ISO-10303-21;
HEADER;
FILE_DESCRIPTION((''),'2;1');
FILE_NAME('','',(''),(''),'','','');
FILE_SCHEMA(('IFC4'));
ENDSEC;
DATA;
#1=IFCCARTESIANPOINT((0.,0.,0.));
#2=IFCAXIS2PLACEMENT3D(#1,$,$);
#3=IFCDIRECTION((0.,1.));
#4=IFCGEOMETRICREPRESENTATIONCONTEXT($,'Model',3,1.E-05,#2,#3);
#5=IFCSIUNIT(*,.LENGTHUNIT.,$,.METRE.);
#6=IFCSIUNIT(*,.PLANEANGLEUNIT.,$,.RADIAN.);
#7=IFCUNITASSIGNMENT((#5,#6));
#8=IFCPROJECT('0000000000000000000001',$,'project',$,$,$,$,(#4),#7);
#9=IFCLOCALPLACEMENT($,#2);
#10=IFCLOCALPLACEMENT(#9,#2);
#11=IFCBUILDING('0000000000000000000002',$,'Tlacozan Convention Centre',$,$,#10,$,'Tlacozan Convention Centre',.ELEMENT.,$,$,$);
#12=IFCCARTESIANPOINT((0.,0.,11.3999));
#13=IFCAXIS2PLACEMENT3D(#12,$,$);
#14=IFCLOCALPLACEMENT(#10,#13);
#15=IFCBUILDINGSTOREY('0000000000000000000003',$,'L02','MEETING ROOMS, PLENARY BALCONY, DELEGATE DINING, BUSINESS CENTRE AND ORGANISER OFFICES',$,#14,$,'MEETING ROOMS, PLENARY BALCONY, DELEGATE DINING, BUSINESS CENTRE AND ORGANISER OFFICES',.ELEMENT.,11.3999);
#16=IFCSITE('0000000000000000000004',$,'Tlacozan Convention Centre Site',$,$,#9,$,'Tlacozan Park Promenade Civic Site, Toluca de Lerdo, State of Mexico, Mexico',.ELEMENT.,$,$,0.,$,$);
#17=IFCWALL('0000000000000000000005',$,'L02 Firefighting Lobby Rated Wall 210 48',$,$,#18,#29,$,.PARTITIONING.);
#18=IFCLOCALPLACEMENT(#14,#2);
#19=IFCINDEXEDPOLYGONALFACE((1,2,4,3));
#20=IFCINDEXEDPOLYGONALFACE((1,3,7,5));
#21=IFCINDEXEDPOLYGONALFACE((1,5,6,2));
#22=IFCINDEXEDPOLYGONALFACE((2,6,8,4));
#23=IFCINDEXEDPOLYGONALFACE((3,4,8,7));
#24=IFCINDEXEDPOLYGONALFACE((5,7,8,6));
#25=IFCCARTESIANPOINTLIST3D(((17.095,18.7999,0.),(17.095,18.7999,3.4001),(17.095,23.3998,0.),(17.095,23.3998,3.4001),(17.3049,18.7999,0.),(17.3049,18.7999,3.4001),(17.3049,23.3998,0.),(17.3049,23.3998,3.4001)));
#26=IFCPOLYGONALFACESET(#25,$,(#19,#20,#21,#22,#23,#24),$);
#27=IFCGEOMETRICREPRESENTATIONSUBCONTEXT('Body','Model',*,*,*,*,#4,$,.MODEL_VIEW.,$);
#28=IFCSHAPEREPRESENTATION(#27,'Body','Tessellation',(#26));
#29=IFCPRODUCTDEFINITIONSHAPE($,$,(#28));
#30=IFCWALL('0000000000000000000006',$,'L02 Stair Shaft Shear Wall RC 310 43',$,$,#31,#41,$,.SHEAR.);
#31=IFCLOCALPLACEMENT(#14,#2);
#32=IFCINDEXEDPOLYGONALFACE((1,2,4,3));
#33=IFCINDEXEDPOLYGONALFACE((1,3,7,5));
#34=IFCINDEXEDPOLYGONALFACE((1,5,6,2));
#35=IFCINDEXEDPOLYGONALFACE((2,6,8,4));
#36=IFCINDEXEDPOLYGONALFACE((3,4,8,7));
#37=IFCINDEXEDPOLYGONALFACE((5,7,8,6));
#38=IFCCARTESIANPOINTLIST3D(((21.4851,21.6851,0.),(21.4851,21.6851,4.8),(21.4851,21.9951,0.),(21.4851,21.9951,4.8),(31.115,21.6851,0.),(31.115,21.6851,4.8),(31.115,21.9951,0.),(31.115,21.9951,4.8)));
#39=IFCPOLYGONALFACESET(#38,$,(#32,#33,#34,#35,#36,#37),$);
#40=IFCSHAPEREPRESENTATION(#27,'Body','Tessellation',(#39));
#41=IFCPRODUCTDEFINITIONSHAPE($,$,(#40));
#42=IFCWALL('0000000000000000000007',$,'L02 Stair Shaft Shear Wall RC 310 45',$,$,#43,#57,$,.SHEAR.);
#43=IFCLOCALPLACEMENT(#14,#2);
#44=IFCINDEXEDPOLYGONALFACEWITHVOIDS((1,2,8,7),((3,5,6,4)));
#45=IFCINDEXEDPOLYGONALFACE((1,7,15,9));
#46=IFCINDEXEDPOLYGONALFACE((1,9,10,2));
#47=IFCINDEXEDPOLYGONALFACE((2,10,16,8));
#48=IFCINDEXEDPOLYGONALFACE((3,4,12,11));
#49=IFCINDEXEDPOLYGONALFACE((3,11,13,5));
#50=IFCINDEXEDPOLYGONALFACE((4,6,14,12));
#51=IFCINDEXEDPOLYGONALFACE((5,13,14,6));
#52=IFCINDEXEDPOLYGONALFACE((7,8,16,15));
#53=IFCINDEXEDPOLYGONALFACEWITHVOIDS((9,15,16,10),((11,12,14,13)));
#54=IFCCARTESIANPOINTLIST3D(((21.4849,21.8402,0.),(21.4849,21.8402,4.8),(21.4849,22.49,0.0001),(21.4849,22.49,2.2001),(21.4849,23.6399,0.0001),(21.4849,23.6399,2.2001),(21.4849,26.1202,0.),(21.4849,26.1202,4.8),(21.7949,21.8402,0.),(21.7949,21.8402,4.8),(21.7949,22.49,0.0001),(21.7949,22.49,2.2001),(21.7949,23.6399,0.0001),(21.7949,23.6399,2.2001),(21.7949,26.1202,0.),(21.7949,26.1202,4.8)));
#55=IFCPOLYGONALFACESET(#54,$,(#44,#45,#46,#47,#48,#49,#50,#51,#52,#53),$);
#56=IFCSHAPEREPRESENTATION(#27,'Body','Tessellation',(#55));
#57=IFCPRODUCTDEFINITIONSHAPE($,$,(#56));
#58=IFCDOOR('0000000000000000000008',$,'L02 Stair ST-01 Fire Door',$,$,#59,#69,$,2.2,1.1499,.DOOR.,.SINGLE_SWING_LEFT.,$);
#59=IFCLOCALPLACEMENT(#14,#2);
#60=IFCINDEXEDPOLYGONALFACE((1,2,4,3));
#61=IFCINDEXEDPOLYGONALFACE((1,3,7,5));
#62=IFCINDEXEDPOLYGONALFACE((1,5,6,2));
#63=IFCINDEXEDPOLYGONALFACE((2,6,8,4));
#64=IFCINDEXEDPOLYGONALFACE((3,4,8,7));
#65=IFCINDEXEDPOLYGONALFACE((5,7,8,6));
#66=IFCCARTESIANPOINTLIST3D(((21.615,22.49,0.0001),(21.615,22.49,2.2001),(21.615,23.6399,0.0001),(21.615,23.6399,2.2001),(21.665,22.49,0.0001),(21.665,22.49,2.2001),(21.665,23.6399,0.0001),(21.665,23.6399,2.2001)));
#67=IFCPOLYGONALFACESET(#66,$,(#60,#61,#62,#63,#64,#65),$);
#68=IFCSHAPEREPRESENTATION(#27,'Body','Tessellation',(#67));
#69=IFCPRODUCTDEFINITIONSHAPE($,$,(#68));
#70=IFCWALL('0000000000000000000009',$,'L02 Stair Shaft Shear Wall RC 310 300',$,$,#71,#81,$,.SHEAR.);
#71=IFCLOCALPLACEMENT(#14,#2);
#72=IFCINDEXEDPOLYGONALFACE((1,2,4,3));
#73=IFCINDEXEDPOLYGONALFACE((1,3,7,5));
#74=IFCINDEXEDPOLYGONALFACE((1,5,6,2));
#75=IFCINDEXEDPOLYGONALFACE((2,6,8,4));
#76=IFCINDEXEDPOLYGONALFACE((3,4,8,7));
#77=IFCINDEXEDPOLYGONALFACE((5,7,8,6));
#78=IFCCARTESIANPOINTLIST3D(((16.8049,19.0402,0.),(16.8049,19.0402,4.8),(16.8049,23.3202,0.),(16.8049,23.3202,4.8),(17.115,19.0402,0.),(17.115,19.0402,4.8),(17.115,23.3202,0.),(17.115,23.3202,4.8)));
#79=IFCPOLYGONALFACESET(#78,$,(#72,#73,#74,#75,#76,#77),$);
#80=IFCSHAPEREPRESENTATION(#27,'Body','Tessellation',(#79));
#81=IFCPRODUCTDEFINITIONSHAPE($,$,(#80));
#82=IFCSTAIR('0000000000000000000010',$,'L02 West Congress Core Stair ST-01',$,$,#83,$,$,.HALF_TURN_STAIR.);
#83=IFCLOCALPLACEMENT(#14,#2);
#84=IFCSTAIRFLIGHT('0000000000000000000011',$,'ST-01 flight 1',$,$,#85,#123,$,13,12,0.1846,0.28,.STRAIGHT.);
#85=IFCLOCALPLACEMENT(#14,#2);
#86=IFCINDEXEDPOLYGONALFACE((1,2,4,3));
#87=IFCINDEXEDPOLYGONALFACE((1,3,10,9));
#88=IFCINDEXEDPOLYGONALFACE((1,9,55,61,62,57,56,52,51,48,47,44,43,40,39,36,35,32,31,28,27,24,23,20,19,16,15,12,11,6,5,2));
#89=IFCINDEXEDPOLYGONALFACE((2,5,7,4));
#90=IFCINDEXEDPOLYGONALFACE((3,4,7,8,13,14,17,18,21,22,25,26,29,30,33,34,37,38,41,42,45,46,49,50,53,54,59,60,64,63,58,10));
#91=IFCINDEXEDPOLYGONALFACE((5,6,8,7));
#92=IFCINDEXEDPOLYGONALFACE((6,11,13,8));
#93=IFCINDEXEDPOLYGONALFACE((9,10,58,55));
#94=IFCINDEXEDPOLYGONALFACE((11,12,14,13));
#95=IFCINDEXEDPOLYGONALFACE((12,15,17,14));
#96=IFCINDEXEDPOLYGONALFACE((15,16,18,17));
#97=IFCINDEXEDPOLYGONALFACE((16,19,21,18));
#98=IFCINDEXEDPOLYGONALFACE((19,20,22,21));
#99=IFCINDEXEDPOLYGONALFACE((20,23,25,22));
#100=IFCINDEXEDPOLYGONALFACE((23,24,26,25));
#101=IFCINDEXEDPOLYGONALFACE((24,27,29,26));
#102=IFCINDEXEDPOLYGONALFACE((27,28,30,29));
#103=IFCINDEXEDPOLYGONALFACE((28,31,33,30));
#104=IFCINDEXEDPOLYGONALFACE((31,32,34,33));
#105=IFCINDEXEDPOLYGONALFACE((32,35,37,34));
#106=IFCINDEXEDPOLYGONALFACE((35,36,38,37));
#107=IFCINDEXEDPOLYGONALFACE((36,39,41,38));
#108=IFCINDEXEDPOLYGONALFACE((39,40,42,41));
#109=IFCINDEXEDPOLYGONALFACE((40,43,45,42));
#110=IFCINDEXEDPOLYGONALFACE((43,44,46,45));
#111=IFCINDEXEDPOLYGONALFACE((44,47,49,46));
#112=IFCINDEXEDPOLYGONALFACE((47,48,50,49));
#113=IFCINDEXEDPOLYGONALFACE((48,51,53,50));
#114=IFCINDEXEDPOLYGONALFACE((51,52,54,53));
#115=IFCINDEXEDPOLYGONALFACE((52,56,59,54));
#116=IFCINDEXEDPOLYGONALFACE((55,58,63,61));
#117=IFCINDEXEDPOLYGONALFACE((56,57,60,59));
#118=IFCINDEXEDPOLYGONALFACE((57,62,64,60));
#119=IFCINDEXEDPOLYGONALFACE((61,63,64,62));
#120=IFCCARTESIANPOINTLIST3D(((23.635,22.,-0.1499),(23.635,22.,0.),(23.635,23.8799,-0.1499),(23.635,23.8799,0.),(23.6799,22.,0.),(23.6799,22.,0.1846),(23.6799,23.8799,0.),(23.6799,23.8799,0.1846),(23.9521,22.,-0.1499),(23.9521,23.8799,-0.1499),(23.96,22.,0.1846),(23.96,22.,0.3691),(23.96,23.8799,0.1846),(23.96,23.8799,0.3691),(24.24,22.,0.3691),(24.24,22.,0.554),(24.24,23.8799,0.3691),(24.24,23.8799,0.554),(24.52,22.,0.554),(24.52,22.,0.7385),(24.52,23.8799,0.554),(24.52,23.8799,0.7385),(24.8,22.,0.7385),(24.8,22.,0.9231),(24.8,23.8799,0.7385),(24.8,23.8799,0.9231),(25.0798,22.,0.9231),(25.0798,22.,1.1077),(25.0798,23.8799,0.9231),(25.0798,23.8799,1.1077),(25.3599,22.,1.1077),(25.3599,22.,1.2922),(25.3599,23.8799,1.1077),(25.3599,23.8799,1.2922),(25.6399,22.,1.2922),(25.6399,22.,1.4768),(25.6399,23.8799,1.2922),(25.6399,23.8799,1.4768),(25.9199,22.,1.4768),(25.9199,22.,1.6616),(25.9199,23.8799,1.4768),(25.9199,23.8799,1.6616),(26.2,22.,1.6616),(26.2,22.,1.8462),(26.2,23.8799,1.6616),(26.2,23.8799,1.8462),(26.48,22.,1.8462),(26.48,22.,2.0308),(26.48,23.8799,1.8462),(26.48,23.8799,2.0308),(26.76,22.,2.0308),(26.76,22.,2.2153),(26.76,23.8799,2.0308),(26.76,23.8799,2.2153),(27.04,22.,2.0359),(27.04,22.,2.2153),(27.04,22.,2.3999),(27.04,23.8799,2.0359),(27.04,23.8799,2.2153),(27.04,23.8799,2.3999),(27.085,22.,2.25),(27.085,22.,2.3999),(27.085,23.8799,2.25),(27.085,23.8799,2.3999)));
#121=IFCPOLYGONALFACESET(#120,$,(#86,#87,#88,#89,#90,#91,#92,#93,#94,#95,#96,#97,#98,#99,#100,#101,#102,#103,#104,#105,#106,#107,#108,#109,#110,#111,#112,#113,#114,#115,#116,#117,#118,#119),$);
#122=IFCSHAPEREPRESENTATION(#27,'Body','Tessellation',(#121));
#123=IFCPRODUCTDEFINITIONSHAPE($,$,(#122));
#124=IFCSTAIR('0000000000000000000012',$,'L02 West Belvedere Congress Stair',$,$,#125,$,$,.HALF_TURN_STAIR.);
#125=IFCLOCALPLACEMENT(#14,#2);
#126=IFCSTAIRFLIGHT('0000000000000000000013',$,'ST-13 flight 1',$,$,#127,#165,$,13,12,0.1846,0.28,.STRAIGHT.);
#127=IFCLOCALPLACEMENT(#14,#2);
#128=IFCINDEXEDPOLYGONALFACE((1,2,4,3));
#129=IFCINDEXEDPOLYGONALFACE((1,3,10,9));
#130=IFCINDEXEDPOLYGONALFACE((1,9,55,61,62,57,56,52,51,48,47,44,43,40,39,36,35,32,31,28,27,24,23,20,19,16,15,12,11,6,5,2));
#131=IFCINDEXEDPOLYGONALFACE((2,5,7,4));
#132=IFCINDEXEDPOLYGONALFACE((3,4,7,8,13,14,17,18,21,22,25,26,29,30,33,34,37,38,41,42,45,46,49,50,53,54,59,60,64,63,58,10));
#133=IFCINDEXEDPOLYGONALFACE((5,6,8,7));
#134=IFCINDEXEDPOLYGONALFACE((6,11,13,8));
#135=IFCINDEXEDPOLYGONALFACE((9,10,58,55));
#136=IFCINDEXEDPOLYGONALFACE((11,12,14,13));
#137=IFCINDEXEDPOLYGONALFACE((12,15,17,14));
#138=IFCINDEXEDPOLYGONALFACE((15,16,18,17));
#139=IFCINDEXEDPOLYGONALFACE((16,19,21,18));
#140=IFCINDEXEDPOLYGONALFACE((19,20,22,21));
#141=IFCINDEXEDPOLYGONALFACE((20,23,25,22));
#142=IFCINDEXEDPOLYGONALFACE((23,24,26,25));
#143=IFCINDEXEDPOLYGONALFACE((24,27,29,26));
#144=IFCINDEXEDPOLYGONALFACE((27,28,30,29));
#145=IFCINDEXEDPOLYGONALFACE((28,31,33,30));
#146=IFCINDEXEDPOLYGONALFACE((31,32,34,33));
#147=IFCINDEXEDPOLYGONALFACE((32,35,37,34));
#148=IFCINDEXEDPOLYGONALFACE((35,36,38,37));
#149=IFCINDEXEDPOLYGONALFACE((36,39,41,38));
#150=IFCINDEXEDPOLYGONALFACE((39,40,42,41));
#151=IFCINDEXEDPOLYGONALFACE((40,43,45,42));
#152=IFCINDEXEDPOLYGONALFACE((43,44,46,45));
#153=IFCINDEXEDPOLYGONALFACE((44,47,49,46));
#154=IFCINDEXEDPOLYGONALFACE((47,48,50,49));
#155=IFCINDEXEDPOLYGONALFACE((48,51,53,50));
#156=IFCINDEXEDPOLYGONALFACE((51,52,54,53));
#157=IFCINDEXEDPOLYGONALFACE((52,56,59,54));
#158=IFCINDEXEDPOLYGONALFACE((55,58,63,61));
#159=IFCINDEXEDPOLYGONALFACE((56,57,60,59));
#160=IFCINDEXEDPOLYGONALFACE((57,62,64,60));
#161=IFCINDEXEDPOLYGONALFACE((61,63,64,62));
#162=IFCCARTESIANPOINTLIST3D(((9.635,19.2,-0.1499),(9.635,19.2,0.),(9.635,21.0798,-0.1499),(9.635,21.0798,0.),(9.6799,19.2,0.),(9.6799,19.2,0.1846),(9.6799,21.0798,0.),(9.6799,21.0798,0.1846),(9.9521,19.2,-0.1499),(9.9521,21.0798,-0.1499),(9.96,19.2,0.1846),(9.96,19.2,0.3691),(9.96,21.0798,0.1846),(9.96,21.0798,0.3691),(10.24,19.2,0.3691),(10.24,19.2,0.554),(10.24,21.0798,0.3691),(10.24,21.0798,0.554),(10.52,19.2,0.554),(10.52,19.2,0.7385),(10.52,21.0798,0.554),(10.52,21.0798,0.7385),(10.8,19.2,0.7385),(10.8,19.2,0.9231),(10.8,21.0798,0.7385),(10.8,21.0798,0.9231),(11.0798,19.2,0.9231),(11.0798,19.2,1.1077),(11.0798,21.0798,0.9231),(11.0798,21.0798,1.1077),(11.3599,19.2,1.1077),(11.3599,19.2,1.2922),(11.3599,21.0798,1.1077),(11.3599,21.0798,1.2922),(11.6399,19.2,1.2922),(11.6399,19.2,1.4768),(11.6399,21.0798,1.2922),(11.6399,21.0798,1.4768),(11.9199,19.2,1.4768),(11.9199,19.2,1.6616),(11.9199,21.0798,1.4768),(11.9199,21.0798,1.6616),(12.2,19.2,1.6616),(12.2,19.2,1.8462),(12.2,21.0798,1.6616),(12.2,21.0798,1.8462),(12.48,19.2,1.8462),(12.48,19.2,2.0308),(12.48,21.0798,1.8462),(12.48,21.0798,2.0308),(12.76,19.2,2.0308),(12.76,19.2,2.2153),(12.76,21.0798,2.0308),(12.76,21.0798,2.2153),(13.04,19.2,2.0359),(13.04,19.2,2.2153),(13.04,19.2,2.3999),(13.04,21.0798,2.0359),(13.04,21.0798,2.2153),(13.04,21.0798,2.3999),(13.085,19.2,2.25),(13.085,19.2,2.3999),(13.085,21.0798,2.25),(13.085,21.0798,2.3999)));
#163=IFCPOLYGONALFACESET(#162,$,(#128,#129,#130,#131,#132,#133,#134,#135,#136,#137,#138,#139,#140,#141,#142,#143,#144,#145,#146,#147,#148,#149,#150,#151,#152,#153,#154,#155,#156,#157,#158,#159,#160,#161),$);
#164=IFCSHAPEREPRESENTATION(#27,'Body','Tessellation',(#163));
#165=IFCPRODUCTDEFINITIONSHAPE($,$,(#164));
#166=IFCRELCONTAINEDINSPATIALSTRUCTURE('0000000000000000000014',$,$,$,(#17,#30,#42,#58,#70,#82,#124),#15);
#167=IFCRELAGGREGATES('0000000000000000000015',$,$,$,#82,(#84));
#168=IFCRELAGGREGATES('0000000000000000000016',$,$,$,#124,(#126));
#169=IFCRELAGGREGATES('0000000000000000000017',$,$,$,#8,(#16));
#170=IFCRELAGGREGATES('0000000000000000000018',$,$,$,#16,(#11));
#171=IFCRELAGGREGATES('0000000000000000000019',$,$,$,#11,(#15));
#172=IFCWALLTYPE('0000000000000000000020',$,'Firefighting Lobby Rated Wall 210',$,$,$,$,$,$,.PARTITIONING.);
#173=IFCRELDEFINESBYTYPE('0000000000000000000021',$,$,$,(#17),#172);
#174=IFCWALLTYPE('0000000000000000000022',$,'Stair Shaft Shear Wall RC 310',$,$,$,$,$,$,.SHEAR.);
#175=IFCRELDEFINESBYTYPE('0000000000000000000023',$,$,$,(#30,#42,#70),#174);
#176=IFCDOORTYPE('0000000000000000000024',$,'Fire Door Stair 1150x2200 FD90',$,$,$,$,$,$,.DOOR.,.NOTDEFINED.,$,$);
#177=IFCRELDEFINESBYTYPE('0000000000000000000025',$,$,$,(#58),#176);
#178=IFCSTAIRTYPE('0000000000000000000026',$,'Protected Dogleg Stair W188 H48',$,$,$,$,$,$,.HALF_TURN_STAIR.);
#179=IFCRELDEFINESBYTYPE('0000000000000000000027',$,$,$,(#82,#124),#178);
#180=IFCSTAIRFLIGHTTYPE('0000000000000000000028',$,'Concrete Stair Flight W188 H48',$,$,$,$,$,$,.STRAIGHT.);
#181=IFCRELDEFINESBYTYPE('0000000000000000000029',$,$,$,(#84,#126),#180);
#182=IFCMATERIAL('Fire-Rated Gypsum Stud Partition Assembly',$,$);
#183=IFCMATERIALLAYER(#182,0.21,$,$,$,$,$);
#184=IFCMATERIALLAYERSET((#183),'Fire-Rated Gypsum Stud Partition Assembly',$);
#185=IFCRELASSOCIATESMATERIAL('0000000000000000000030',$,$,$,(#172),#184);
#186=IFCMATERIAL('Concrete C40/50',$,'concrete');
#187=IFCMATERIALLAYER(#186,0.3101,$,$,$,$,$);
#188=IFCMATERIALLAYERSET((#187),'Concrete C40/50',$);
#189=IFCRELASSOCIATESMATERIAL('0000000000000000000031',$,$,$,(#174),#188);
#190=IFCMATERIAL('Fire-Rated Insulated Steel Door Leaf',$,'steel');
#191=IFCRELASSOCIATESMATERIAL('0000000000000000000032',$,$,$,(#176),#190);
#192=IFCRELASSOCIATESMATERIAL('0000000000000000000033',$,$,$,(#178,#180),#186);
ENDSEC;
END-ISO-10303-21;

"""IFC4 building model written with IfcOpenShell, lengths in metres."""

from ifc_helpers import new_model, si_unit, direction, frame, frame_2d, origin, place, context, subcontext, project, spatial, polyline, rectangle, outline, extrude, material, layer, layer_set, type_object, element, fill, aggregate, save


model = new_model("IFC4")

# Units and contexts
model_context = context("Model", 3, precision=1e-05, world=origin(), true_north=direction((0.0, 1.0)))
body_context = subcontext(model_context, "Body", "Model", "MODEL_VIEW")
ifc_project = project(units=[si_unit("LENGTHUNIT", "METRE"), si_unit("PLANEANGLEUNIT", "RADIAN")], contexts=[model_context])

# Site, building, storey
site_placement = place(None, origin())
site = spatial("IfcSite", under=ifc_project, at=site_placement, Name="Tlacozan Convention Centre Site", LongName="Tlacozan Park Promenade Civic Site, Toluca de Lerdo, State of Mexico, Mexico", CompositionType="ELEMENT", RefElevation=0.0)
building_placement = place(site_placement, origin())
building = spatial("IfcBuilding", under=site, at=building_placement, Name="Tlacozan Convention Centre", LongName="Tlacozan Convention Centre", CompositionType="ELEMENT")
storey_placement = place(building_placement, frame((0.0, 0.0, 11.3999)))
storey = spatial("IfcBuildingStorey", under=building, at=storey_placement, Name="L02", Description="MEETING ROOMS, PLENARY BALCONY, DELEGATE DINING, BUSINESS CENTRE AND ORGANISER OFFICES", LongName="MEETING ROOMS, PLENARY BALCONY, DELEGATE DINING, BUSINESS CENTRE AND ORGANISER OFFICES", CompositionType="ELEMENT", Elevation=11.3999)

# Shared definitions
ifc_material_1 = material(Name="Concrete C40/50", Category="concrete")

# Shared definitions
ifc_material_2 = material(Name="Fire-Rated Gypsum Stud Partition Assembly")
ifc_layer_1 = layer(ifc_material_2, 0.21)
ifc_layer_set_1 = layer_set([ifc_layer_1], Name="Fire-Rated Gypsum Stud Partition Assembly")
wall_type_1 = type_object("IfcWallType", Name="Firefighting Lobby Rated Wall 210", PredefinedType="PARTITIONING", material=ifc_layer_set_1)
ifc_material_3 = material(Name="Fire-Rated Insulated Steel Door Leaf", Category="steel")

# Walls
wall_1_placement = place(storey_placement, frame((17.2, 18.8, 0.0), z_axis=(0.0, 0.0, 1.0), x_axis=(0.0, 1.0, 0.0)))
element("IfcWall", 1, at=wall_1_placement, inside=storey, type_object=wall_type_1, Name="L02 Firefighting Lobby Rated Wall 210 48", PredefinedType="PARTITIONING", context=body_context, shape_type="SweptSolid", body=[
    extrude(rectangle(XDim=4.5999, YDim=0.21, at=frame_2d((2.2998, 0.0))), origin(), (0.0, 0.0, 1.0), 3.4001),
])
ifc_layer_2 = layer(ifc_material_1, 0.3101)
ifc_layer_set_2 = layer_set([ifc_layer_2], Name="Concrete C40/50")
wall_type_2 = type_object("IfcWallType", Name="Stair Shaft Shear Wall RC 310", PredefinedType="SHEAR", material=ifc_layer_set_2)
wall_2_placement = place(storey_placement, frame((21.4851, 21.8401, 0.0), z_axis=(0.0, 0.0, 1.0), x_axis=(1.0, 0.0, 0.0)))
element("IfcWall", 2, at=wall_2_placement, inside=storey, type_object=wall_type_2, Name="L02 Stair Shaft Shear Wall RC 310 43", PredefinedType="SHEAR", context=body_context, shape_type="SweptSolid", body=[
    extrude(rectangle(XDim=9.6299, YDim=0.3101, at=frame_2d((4.8149, 0.0))), origin(), (0.0, 0.0, 1.0), 4.8),
])

# Wall, opening, door
wall_3_placement = place(storey_placement, frame((21.6399, 21.8401, 0.0), z_axis=(0.0, 0.0, 1.0), x_axis=(0.0, 1.0, 0.0)))
wall_3 = element("IfcWall", 3, at=wall_3_placement, inside=storey, type_object=wall_type_2, Name="L02 Stair Shaft Shear Wall RC 310 45", PredefinedType="SHEAR", context=body_context, shape_type="SweptSolid", body=[
    extrude(rectangle(XDim=4.28, YDim=0.3101, at=frame_2d((2.1401, 0.0))), origin(), (0.0, 0.0, 1.0), 4.8),
])
opening_1_placement = place(wall_3_placement, frame((0.6499, 0.0, 0.0)))
opening_1 = element("IfcOpeningElement", 4, at=opening_1_placement, cuts=wall_3, PredefinedType="OPENING", context=body_context, shape_type="SweptSolid", body=[
    extrude(rectangle(XDim=1.1499, YDim=2.2, at=frame_2d((0.575, 1.1001))), frame((0.0, 0.165, 0.0), z_axis=(0.0, -1.0, 0.0), x_axis=(1.0, 0.0, 0.0)), (0.0, 0.0, 1.0), 0.3301),
])
door_type_1 = type_object("IfcDoorType", Name="Fire Door Stair 1150x2200 FD90", OperationType="NOTDEFINED", PredefinedType="DOOR", material=ifc_material_3)
door_1_placement = place(opening_1_placement, origin())
door_1 = element("IfcDoor", 5, at=door_1_placement, inside=storey, type_object=door_type_1, Name="L02 Stair ST-01 Fire Door", OperationType="SINGLE_SWING_LEFT", OverallHeight=2.2, OverallWidth=1.1499, PredefinedType="DOOR", context=body_context, shape_type="SweptSolid", body=[
    extrude(rectangle(XDim=1.1499, YDim=2.2, at=frame_2d((0.575, 1.1001))), frame((0.0, 0.0249, 0.0), z_axis=(0.0, -1.0, 0.0), x_axis=(1.0, 0.0, 0.0)), (0.0, 0.0, 1.0), 0.05),
])
fill(opening_1, door_1)

# Wall
wall_4_placement = place(storey_placement, frame((16.96, 19.04, 0.0), z_axis=(0.0, 0.0, 1.0), x_axis=(0.0, 1.0, 0.0)))
element("IfcWall", 6, at=wall_4_placement, inside=storey, type_object=wall_type_2, Name="L02 Stair Shaft Shear Wall RC 310 300", PredefinedType="SHEAR", context=body_context, shape_type="SweptSolid", body=[
    extrude(rectangle(XDim=4.28, YDim=0.3101, at=frame_2d((2.1401, 0.0))), origin(), (0.0, 0.0, 1.0), 4.8),
])

# Stair, stair flight
stair_type = type_object("IfcStairType", Name="Protected Dogleg Stair W188 H48", PredefinedType="HALF_TURN_STAIR", material=ifc_material_1)
stair_1_placement = place(storey_placement, origin())
stair_1 = element("IfcStair", 7, at=stair_1_placement, inside=storey, type_object=stair_type, Name="L02 West Congress Core Stair ST-01", PredefinedType="HALF_TURN_STAIR")
stair_flight_type = type_object("IfcStairFlightType", Name="Concrete Stair Flight W188 H48", PredefinedType="STRAIGHT", material=ifc_material_1)
stair_flight_1_placement = place(storey_placement, frame((23.6799, 22.9399, 0.0), z_axis=(0.0, 0.0, 1.0), x_axis=(1.0, 0.0, 0.0)))
stair_flight_1 = element("IfcStairFlight", 8, at=stair_flight_1_placement, type_object=stair_flight_type, Name="ST-01 flight 1", NumberOfRisers=13, NumberOfTreads=12, PredefinedType="STRAIGHT", RiserHeight=0.1846, TreadLength=0.28, context=body_context, shape_type="SweptSolid", body=[
    extrude(outline(polyline([(-0.0449, -0.1499), (-0.0449, 0.0), (0.0, 0.0), (0.0, 0.1846), (0.28, 0.1846), (0.28, 0.3691), (0.5601, 0.3691), (0.5601, 0.554), (0.8401, 0.554), (0.8401, 0.7385), (1.1201, 0.7385), (1.1201, 0.9231), (1.3999, 0.9231), (1.3999, 1.1077), (1.6799, 1.1077), (1.6799, 1.2922), (1.96, 1.2922), (1.96, 1.4768), (2.24, 1.4768), (2.24, 1.6616), (2.52, 1.6616), (2.52, 1.8462), (2.8, 1.8462), (2.8, 2.0308), (3.0801, 2.0308), (3.0801, 2.2153), (3.3601, 2.2153), (3.3601, 2.3999), (3.405, 2.3999), (3.405, 2.25), (3.3601, 2.0359), (0.2722, -0.1499), (-0.0449, -0.1499)])), frame((0.0, 0.9399, 0.0), z_axis=(0.0, -1.0, 0.0), x_axis=(1.0, 0.0, 0.0)), (0.0, 0.0, 1.0), 1.8799),
])
aggregate(stair_1, [stair_flight_1])

# Stair, stair flight
stair_2_placement = place(storey_placement, origin())
stair_2 = element("IfcStair", 9, at=stair_2_placement, inside=storey, type_object=stair_type, Name="L02 West Belvedere Congress Stair", PredefinedType="HALF_TURN_STAIR")
stair_flight_2_placement = place(storey_placement, frame((9.6799, 20.1399, 0.0), z_axis=(0.0, 0.0, 1.0), x_axis=(1.0, 0.0, 0.0)))
stair_flight_2 = element("IfcStairFlight", 10, at=stair_flight_2_placement, type_object=stair_flight_type, Name="ST-13 flight 1", NumberOfRisers=13, NumberOfTreads=12, PredefinedType="STRAIGHT", RiserHeight=0.1846, TreadLength=0.28, context=body_context, shape_type="SweptSolid", body=[
    extrude(outline(polyline([(-0.0449, -0.1499), (-0.0449, 0.0), (0.0, 0.0), (0.0, 0.1846), (0.28, 0.1846), (0.28, 0.3691), (0.5601, 0.3691), (0.5601, 0.554), (0.8401, 0.554), (0.8401, 0.7385), (1.1201, 0.7385), (1.1201, 0.9231), (1.3999, 0.9231), (1.3999, 1.1077), (1.6799, 1.1077), (1.6799, 1.2922), (1.96, 1.2922), (1.96, 1.4768), (2.24, 1.4768), (2.24, 1.6616), (2.52, 1.6616), (2.52, 1.8462), (2.8, 1.8462), (2.8, 2.0308), (3.0801, 2.0308), (3.0801, 2.2153), (3.3601, 2.2153), (3.3601, 2.3999), (3.405, 2.3999), (3.405, 2.25), (3.3601, 2.0359), (0.2722, -0.1499), (-0.0449, -0.1499)])), frame((0.0, 0.9399, 0.0), z_axis=(0.0, -1.0, 0.0), x_axis=(1.0, 0.0, 0.0)), (0.0, 0.0, 1.0), 1.8799),
])
aggregate(stair_2, [stair_flight_2])

save(model, "model.ifc")
